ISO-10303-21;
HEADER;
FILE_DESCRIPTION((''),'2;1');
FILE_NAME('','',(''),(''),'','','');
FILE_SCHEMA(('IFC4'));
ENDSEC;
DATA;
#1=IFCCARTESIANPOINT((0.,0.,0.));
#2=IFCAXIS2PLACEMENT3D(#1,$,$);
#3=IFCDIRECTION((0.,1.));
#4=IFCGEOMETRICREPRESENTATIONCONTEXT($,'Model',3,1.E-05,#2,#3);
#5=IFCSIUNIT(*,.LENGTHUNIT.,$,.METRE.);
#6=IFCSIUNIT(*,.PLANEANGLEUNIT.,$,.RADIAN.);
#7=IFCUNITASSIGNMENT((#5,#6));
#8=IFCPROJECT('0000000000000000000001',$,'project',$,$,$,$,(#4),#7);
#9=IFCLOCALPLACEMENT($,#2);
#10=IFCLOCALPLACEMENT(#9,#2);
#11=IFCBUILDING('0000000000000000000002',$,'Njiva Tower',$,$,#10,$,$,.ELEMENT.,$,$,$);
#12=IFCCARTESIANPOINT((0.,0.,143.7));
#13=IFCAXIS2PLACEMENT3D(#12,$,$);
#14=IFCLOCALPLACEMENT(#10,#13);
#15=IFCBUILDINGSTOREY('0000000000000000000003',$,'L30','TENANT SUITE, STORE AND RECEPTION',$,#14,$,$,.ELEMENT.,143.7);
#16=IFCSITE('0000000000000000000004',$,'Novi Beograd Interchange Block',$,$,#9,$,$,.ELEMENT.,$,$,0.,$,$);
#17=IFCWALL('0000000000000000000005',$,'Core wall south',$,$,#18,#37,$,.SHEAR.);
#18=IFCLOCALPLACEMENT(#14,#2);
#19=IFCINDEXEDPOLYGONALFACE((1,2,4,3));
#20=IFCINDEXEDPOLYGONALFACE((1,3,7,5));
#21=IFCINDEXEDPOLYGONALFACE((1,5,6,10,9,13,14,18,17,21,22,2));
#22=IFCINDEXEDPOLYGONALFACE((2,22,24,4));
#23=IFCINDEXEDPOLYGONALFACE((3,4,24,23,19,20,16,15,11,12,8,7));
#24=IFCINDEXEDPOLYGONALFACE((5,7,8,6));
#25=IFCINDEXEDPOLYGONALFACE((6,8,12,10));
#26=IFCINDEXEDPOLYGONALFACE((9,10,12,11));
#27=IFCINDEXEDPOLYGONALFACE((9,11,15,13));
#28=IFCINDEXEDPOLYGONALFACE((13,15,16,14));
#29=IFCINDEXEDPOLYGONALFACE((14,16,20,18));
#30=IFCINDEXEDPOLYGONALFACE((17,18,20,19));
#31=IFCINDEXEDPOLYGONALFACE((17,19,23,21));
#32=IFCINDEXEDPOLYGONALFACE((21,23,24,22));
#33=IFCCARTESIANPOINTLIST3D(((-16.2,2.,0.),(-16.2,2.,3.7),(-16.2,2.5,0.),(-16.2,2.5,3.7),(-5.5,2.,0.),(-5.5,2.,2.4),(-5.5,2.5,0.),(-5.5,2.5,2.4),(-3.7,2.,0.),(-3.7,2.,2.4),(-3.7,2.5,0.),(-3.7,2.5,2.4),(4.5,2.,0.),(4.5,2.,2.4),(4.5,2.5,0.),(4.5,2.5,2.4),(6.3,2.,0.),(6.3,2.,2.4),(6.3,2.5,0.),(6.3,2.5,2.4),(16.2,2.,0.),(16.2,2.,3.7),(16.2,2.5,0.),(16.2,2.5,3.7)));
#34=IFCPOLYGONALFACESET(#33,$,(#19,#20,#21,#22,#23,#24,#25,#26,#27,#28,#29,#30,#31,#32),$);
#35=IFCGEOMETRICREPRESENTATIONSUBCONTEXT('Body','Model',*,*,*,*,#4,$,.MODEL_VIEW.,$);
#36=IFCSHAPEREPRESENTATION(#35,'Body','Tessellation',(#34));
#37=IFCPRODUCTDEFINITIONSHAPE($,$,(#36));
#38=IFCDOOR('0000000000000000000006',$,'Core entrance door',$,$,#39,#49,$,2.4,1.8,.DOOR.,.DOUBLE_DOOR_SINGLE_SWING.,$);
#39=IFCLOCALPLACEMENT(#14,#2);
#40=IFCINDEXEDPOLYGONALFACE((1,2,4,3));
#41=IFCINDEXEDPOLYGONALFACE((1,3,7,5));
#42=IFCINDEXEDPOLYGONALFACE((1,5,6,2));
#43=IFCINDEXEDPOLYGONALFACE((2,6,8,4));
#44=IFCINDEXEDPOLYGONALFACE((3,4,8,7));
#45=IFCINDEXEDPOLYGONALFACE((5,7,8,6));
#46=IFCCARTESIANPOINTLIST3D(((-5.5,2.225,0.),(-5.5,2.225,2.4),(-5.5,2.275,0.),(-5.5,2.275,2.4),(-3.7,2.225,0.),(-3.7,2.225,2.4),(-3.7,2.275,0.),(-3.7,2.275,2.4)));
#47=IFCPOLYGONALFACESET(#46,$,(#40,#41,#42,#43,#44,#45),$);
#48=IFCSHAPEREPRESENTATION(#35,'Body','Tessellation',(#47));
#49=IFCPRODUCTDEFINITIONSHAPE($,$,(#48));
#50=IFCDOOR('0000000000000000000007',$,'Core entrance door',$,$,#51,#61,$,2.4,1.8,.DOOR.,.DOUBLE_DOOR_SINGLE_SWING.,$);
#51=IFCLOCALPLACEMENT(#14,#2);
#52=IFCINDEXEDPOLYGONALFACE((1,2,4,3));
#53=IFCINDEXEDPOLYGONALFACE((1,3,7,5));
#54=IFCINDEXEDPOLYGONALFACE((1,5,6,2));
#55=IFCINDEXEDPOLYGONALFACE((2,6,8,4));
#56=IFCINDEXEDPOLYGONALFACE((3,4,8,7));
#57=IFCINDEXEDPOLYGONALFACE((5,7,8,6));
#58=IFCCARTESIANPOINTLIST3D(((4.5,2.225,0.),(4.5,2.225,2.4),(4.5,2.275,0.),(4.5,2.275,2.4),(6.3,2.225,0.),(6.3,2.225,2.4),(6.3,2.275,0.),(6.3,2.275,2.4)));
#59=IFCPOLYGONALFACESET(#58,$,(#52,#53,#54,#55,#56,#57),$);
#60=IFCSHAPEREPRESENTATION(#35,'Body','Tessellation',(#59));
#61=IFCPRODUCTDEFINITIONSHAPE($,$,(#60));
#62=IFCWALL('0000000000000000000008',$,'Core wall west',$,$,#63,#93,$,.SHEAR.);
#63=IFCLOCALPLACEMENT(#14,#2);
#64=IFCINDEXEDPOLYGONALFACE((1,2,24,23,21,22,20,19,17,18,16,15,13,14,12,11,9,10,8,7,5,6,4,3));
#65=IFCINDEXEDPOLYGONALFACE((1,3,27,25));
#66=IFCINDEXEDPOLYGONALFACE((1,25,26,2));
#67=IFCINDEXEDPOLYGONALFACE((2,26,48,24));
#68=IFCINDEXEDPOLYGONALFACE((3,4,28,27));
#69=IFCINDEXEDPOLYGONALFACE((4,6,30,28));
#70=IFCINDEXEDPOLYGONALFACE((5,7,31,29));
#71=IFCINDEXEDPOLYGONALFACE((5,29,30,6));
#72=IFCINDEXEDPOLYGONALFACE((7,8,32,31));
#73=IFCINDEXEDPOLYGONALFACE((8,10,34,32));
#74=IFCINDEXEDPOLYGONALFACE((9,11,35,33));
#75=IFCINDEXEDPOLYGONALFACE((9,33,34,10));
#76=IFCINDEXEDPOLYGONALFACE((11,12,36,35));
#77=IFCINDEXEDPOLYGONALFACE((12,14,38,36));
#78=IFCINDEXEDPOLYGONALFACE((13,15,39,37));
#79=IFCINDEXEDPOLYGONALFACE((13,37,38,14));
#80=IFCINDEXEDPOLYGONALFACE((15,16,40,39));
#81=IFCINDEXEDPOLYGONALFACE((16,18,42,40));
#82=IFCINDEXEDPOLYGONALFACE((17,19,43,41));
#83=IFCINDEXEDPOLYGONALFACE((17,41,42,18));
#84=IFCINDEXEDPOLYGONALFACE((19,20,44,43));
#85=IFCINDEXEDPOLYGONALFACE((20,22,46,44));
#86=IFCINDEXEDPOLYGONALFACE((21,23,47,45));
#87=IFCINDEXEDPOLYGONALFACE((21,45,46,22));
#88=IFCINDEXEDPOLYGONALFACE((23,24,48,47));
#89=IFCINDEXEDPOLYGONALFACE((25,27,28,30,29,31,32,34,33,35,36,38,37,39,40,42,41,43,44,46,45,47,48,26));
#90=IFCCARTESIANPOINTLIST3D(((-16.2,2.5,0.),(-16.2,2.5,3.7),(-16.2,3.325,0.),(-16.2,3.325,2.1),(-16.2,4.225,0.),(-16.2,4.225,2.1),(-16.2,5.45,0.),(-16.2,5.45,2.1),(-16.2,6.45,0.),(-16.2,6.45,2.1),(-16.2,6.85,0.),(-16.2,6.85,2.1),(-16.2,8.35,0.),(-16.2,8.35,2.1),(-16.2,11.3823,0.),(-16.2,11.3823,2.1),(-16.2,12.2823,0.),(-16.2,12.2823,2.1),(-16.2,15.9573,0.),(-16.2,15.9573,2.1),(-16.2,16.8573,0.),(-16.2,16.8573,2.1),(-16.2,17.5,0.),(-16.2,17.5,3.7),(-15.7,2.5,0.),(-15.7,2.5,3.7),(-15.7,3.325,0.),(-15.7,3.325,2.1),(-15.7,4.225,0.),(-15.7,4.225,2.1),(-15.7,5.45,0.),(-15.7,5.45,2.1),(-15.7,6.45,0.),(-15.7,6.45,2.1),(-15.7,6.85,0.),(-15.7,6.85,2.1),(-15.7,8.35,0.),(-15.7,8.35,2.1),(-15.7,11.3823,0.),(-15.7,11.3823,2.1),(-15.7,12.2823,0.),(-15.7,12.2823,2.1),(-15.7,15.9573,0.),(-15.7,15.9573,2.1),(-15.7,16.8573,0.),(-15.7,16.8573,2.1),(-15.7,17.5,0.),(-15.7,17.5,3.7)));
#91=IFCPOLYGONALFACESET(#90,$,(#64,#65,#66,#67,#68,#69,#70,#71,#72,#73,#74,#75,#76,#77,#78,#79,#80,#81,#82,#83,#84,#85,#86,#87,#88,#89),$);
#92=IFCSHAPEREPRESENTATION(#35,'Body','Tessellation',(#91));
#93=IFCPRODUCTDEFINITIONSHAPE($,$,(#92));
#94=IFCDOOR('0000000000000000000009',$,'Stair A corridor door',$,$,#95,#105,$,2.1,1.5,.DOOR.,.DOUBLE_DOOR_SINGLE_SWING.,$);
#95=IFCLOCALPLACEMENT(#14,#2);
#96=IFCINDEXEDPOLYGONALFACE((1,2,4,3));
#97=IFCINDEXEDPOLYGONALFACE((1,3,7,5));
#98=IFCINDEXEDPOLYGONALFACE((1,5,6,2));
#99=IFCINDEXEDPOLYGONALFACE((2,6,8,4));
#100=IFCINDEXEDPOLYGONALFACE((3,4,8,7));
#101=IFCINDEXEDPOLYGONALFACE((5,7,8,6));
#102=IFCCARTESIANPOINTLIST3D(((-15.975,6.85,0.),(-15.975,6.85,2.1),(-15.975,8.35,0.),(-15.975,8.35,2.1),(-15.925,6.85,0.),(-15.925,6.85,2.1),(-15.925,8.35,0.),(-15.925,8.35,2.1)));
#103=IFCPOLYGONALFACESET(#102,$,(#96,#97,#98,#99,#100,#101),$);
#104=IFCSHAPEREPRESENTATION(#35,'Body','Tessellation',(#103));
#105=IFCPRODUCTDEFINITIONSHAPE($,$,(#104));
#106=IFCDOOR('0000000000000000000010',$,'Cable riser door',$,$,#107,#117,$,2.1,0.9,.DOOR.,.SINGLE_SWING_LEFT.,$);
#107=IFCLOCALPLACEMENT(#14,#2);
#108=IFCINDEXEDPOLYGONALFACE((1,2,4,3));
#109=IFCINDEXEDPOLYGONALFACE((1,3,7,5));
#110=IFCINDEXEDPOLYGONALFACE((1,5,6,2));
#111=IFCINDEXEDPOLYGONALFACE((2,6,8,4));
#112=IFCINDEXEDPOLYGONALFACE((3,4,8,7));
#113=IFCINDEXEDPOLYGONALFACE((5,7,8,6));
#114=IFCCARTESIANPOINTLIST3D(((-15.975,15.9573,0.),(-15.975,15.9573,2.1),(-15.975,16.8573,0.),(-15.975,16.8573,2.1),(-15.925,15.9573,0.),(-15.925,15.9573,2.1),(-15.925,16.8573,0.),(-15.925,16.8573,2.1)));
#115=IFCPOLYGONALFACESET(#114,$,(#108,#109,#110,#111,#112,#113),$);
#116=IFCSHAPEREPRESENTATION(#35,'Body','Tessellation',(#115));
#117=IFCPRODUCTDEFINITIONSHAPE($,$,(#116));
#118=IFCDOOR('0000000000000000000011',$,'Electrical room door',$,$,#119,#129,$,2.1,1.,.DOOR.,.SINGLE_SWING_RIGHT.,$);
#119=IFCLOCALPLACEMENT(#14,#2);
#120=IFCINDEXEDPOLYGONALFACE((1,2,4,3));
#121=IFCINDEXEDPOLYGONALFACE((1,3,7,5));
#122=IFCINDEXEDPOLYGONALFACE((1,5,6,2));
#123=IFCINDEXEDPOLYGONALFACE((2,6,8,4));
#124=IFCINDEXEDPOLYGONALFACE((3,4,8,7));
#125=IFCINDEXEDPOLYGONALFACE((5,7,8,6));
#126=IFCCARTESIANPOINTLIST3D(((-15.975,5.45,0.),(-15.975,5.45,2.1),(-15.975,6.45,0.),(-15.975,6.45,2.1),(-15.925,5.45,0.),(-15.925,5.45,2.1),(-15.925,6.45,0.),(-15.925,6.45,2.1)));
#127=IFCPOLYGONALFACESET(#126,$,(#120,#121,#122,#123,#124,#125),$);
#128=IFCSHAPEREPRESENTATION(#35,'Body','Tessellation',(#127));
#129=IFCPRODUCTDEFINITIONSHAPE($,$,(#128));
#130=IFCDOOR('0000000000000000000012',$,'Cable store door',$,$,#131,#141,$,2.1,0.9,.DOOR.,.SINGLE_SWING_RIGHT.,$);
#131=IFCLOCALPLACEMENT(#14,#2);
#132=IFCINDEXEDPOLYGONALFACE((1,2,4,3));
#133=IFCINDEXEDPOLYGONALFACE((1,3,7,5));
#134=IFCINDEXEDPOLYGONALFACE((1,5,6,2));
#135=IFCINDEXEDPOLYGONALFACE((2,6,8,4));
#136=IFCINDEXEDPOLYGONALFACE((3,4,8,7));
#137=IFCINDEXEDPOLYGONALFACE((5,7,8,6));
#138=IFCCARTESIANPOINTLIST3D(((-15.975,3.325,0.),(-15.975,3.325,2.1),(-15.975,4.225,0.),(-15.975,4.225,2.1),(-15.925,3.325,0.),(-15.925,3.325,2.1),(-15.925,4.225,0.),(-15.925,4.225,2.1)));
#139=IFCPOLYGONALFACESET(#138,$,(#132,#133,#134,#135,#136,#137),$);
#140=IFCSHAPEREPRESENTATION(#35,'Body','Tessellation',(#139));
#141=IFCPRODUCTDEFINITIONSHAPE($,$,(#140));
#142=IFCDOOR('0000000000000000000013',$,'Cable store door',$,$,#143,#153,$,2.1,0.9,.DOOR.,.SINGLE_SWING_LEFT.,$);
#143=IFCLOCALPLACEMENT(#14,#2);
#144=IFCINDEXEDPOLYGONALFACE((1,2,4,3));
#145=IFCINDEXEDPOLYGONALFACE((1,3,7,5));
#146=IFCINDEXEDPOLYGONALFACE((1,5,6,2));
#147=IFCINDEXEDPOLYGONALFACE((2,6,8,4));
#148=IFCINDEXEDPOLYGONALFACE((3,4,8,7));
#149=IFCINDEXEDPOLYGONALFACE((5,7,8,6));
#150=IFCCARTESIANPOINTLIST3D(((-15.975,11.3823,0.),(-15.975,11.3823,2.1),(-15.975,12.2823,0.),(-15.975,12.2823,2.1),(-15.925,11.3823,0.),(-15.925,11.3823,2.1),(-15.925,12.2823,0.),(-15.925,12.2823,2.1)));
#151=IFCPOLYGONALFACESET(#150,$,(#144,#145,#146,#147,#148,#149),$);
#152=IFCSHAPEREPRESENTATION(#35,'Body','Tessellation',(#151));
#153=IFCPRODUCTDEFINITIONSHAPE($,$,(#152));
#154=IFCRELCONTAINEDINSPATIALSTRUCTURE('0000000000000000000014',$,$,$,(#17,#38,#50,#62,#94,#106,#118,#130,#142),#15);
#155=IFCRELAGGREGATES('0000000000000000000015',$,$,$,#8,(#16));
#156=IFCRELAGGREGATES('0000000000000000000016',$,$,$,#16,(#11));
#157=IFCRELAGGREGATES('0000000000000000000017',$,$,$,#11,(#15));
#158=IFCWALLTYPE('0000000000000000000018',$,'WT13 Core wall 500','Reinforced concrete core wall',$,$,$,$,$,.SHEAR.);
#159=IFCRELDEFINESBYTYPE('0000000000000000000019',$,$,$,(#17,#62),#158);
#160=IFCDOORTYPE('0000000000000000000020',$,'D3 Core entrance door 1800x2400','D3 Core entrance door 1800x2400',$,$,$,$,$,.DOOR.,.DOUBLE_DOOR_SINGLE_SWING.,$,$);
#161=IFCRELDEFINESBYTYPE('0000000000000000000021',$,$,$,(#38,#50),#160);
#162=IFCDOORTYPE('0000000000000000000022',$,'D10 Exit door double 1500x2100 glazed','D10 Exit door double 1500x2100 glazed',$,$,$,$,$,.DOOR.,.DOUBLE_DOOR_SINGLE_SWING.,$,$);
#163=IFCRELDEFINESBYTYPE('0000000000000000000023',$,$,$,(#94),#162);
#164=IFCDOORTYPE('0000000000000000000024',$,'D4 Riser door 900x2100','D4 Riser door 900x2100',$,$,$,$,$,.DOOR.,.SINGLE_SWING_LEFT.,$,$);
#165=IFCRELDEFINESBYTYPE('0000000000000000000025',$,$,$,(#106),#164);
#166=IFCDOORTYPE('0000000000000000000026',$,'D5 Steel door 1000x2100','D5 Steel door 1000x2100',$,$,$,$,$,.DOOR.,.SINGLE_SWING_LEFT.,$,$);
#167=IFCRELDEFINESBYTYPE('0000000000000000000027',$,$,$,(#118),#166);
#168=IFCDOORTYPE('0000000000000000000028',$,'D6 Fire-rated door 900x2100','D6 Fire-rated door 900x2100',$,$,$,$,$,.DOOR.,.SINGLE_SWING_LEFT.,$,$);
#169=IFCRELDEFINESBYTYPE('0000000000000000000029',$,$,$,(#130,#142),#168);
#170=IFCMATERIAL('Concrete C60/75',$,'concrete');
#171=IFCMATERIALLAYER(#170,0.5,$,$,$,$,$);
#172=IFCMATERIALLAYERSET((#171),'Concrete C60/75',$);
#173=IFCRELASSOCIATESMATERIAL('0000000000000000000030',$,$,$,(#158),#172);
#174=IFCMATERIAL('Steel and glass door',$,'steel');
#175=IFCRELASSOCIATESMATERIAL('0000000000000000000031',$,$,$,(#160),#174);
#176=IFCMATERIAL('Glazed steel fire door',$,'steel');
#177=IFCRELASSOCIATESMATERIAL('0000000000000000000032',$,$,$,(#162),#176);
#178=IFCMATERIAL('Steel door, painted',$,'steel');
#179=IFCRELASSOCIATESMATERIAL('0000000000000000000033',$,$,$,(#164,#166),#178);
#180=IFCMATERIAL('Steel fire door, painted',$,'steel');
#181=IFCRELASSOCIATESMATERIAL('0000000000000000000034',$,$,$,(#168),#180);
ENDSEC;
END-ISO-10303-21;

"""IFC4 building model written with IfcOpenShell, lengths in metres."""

from ifc_helpers import new_model, si_unit, direction, frame, frame_2d, origin, place, context, subcontext, project, spatial, rectangle, extrude, material, layer, layer_set, type_object, element, fill, save


model = new_model("IFC4")

# Units and contexts
model_context = context("Model", 3, precision=1e-05, world=origin(), true_north=direction((0.0, 1.0)))
body_context = subcontext(model_context, "Body", "Model", "MODEL_VIEW")
ifc_project = project(units=[si_unit("LENGTHUNIT", "METRE"), si_unit("PLANEANGLEUNIT", "RADIAN")], contexts=[model_context])

# Site, building, storey
site_placement = place(None, origin())
site = spatial("IfcSite", under=ifc_project, at=site_placement, Name="Novi Beograd Interchange Block", CompositionType="ELEMENT", RefElevation=0.0)
building_placement = place(site_placement, origin())
building = spatial("IfcBuilding", under=site, at=building_placement, Name="Njiva Tower", CompositionType="ELEMENT")
storey_placement = place(building_placement, frame((0.0, 0.0, 143.7)))
storey = spatial("IfcBuildingStorey", under=building, at=storey_placement, Name="L30", Description="TENANT SUITE, STORE AND RECEPTION", CompositionType="ELEMENT", Elevation=143.7)

# Walls, openings, doors
ifc_material_1 = material(Name="Concrete C60/75", Category="concrete")
ifc_layer_1 = layer(ifc_material_1, 0.5)
ifc_layer_set_1 = layer_set([ifc_layer_1], Name="Concrete C60/75")
wall_type_1 = type_object("IfcWallType", Name="WT13 Core wall 500", Description="Reinforced concrete core wall", PredefinedType="SHEAR", material=ifc_layer_set_1)
wall_1_placement = place(storey_placement, frame((-16.2, 2.25, 0.0), z_axis=(0.0, 0.0, 1.0), x_axis=(1.0, 0.0, 0.0)))
wall_1 = element("IfcWall", 1, at=wall_1_placement, inside=storey, type_object=wall_type_1, Name="Core wall south", PredefinedType="SHEAR", context=body_context, shape_type="SweptSolid", body=[
    extrude(rectangle(XDim=32.4, YDim=0.5, at=frame_2d((16.2, 0.0))), origin(), (0.0, 0.0, 1.0), 3.7),
])
opening_1_placement = place(wall_1_placement, frame((10.7, 0.0, 0.0)))
opening_1 = element("IfcOpeningElement", 2, at=opening_1_placement, cuts=wall_1, PredefinedType="OPENING", context=body_context, shape_type="SweptSolid", body=[
    extrude(rectangle(XDim=1.8, YDim=2.4, at=frame_2d((0.9, 1.2))), frame((0.0, 0.26, 0.0), z_axis=(0.0, -1.0, 0.0), x_axis=(1.0, 0.0, 0.0)), (0.0, 0.0, 1.0), 0.52),
])
opening_2_placement = place(wall_1_placement, frame((20.7, 0.0, 0.0)))
opening_2 = element("IfcOpeningElement", 3, at=opening_2_placement, cuts=wall_1, PredefinedType="OPENING", context=body_context, shape_type="SweptSolid", body=[
    extrude(rectangle(XDim=1.8, YDim=2.4, at=frame_2d((0.9, 1.2))), frame((0.0, 0.26, 0.0), z_axis=(0.0, -1.0, 0.0), x_axis=(1.0, 0.0, 0.0)), (0.0, 0.0, 1.0), 0.52),
])
ifc_material_2 = material(Name="Steel and glass door", Category="steel")
door_type_1 = type_object("IfcDoorType", Name="D3 Core entrance door 1800x2400", Description="D3 Core entrance door 1800x2400", OperationType="DOUBLE_DOOR_SINGLE_SWING", PredefinedType="DOOR", material=ifc_material_2)
door_1_placement = place(opening_1_placement, origin())
door_1 = element("IfcDoor", 4, at=door_1_placement, inside=storey, type_object=door_type_1, Name="Core entrance door", OperationType="DOUBLE_DOOR_SINGLE_SWING", OverallHeight=2.4, OverallWidth=1.8, PredefinedType="DOOR", context=body_context, shape_type="SweptSolid", body=[
    extrude(rectangle(XDim=1.8, YDim=2.4, at=frame_2d((0.9, 1.2))), frame((0.0, 0.025, 0.0), z_axis=(0.0, -1.0, 0.0), x_axis=(1.0, 0.0, 0.0)), (0.0, 0.0, 1.0), 0.05),
])
fill(opening_1, door_1)
door_2_placement = place(opening_2_placement, origin())
door_2 = element("IfcDoor", 5, at=door_2_placement, inside=storey, type_object=door_type_1, Name="Core entrance door", OperationType="DOUBLE_DOOR_SINGLE_SWING", OverallHeight=2.4, OverallWidth=1.8, PredefinedType="DOOR", context=body_context, shape_type="SweptSolid", body=[
    extrude(rectangle(XDim=1.8, YDim=2.4, at=frame_2d((0.9, 1.2))), frame((0.0, 0.025, 0.0), z_axis=(0.0, -1.0, 0.0), x_axis=(1.0, 0.0, 0.0)), (0.0, 0.0, 1.0), 0.05),
])
fill(opening_2, door_2)
wall_2_placement = place(storey_placement, frame((-15.95, 2.5, 0.0), z_axis=(0.0, 0.0, 1.0), x_axis=(0.0, 1.0, 0.0)))
wall_2 = element("IfcWall", 6, at=wall_2_placement, inside=storey, type_object=wall_type_1, Name="Core wall west", PredefinedType="SHEAR", context=body_context, shape_type="SweptSolid", body=[
    extrude(rectangle(XDim=15.0, YDim=0.5, at=frame_2d((7.5, 0.0))), origin(), (0.0, 0.0, 1.0), 3.7),
])
opening_3_placement = place(wall_2_placement, frame((4.35, 0.0, 0.0)))
opening_3 = element("IfcOpeningElement", 7, at=opening_3_placement, cuts=wall_2, PredefinedType="OPENING", context=body_context, shape_type="SweptSolid", body=[
    extrude(rectangle(XDim=1.5, YDim=2.1, at=frame_2d((0.75, 1.05))), frame((0.0, 0.26, 0.0), z_axis=(0.0, -1.0, 0.0), x_axis=(1.0, 0.0, 0.0)), (0.0, 0.0, 1.0), 0.52),
])
opening_4_placement = place(wall_2_placement, frame((0.825, 0.0, 0.0)))
opening_4 = element("IfcOpeningElement", 8, at=opening_4_placement, cuts=wall_2, PredefinedType="OPENING", context=body_context, shape_type="SweptSolid", body=[
    extrude(rectangle(XDim=0.9, YDim=2.1, at=frame_2d((0.45, 1.05))), frame((0.0, 0.26, 0.0), z_axis=(0.0, -1.0, 0.0), x_axis=(1.0, 0.0, 0.0)), (0.0, 0.0, 1.0), 0.52),
])
opening_5_placement = place(wall_2_placement, frame((2.95, 0.0, 0.0)))
opening_5 = element("IfcOpeningElement", 9, at=opening_5_placement, cuts=wall_2, PredefinedType="OPENING", context=body_context, shape_type="SweptSolid", body=[
    extrude(rectangle(XDim=1.0, YDim=2.1, at=frame_2d((0.5, 1.05))), frame((0.0, 0.26, 0.0), z_axis=(0.0, -1.0, 0.0), x_axis=(1.0, 0.0, 0.0)), (0.0, 0.0, 1.0), 0.52),
])
opening_6_placement = place(wall_2_placement, frame((8.8823, 0.0, 0.0)))
opening_6 = element("IfcOpeningElement", 10, at=opening_6_placement, cuts=wall_2, PredefinedType="OPENING", context=body_context, shape_type="SweptSolid", body=[
    extrude(rectangle(XDim=0.9, YDim=2.1, at=frame_2d((0.45, 1.05))), frame((0.0, 0.26, 0.0), z_axis=(0.0, -1.0, 0.0), x_axis=(1.0, 0.0, 0.0)), (0.0, 0.0, 1.0), 0.52),
])
opening_7_placement = place(wall_2_placement, frame((13.4573, 0.0, 0.0)))
opening_7 = element("IfcOpeningElement", 11, at=opening_7_placement, cuts=wall_2, PredefinedType="OPENING", context=body_context, shape_type="SweptSolid", body=[
    extrude(rectangle(XDim=0.9, YDim=2.1, at=frame_2d((0.45, 1.05))), frame((0.0, 0.26, 0.0), z_axis=(0.0, -1.0, 0.0), x_axis=(1.0, 0.0, 0.0)), (0.0, 0.0, 1.0), 0.52),
])
ifc_material_3 = material(Name="Glazed steel fire door", Category="steel")
door_type_2 = type_object("IfcDoorType", Name="D10 Exit door double 1500x2100 glazed", Description="D10 Exit door double 1500x2100 glazed", OperationType="DOUBLE_DOOR_SINGLE_SWING", PredefinedType="DOOR", material=ifc_material_3)
door_3_placement = place(opening_3_placement, origin())
door_3 = element("IfcDoor", 12, at=door_3_placement, inside=storey, type_object=door_type_2, Name="Stair A corridor door", OperationType="DOUBLE_DOOR_SINGLE_SWING", OverallHeight=2.1, OverallWidth=1.5, PredefinedType="DOOR", context=body_context, shape_type="SweptSolid", body=[
    extrude(rectangle(XDim=1.5, YDim=2.1, at=frame_2d((0.75, 1.05))), frame((0.0, 0.025, 0.0), z_axis=(0.0, -1.0, 0.0), x_axis=(1.0, 0.0, 0.0)), (0.0, 0.0, 1.0), 0.05),
])
fill(opening_3, door_3)
ifc_material_4 = material(Name="Steel door, painted", Category="steel")
door_type_3 = type_object("IfcDoorType", Name="D4 Riser door 900x2100", Description="D4 Riser door 900x2100", OperationType="SINGLE_SWING_LEFT", PredefinedType="DOOR", material=ifc_material_4)
door_4_placement = place(opening_7_placement, origin())
door_4 = element("IfcDoor", 13, at=door_4_placement, inside=storey, type_object=door_type_3, Name="Cable riser door", OperationType="SINGLE_SWING_LEFT", OverallHeight=2.1, OverallWidth=0.9, PredefinedType="DOOR", context=body_context, shape_type="SweptSolid", body=[
    extrude(rectangle(XDim=0.9, YDim=2.1, at=frame_2d((0.45, 1.05))), frame((0.0, 0.025, 0.0), z_axis=(0.0, -1.0, 0.0), x_axis=(1.0, 0.0, 0.0)), (0.0, 0.0, 1.0), 0.05),
])
fill(opening_7, door_4)
door_type_4 = type_object("IfcDoorType", Name="D5 Steel door 1000x2100", Description="D5 Steel door 1000x2100", OperationType="SINGLE_SWING_LEFT", PredefinedType="DOOR", material=ifc_material_4)
door_5_placement = place(opening_5_placement, origin())
door_5 = element("IfcDoor", 14, at=door_5_placement, inside=storey, type_object=door_type_4, Name="Electrical room door", OperationType="SINGLE_SWING_RIGHT", OverallHeight=2.1, OverallWidth=1.0, PredefinedType="DOOR", context=body_context, shape_type="SweptSolid", body=[
    extrude(rectangle(XDim=1.0, YDim=2.1, at=frame_2d((0.5, 1.05))), frame((0.0, 0.025, 0.0), z_axis=(0.0, -1.0, 0.0), x_axis=(1.0, 0.0, 0.0)), (0.0, 0.0, 1.0), 0.05),
])
fill(opening_5, door_5)
ifc_material_5 = material(Name="Steel fire door, painted", Category="steel")
door_type_5 = type_object("IfcDoorType", Name="D6 Fire-rated door 900x2100", Description="D6 Fire-rated door 900x2100", OperationType="SINGLE_SWING_LEFT", PredefinedType="DOOR", material=ifc_material_5)
door_6_placement = place(opening_4_placement, origin())
door_6 = element("IfcDoor", 15, at=door_6_placement, inside=storey, type_object=door_type_5, Name="Cable store door", OperationType="SINGLE_SWING_RIGHT", OverallHeight=2.1, OverallWidth=0.9, PredefinedType="DOOR", context=body_context, shape_type="SweptSolid", body=[
    extrude(rectangle(XDim=0.9, YDim=2.1, at=frame_2d((0.45, 1.05))), frame((0.0, 0.025, 0.0), z_axis=(0.0, -1.0, 0.0), x_axis=(1.0, 0.0, 0.0)), (0.0, 0.0, 1.0), 0.05),
])
fill(opening_4, door_6)
door_7_placement = place(opening_6_placement, origin())
door_7 = element("IfcDoor", 16, at=door_7_placement, inside=storey, type_object=door_type_5, Name="Cable store door", OperationType="SINGLE_SWING_LEFT", OverallHeight=2.1, OverallWidth=0.9, PredefinedType="DOOR", context=body_context, shape_type="SweptSolid", body=[
    extrude(rectangle(XDim=0.9, YDim=2.1, at=frame_2d((0.45, 1.05))), frame((0.0, 0.025, 0.0), z_axis=(0.0, -1.0, 0.0), x_axis=(1.0, 0.0, 0.0)), (0.0, 0.0, 1.0), 0.05),
])
fill(opening_6, door_7)

save(model, "model.ifc")
